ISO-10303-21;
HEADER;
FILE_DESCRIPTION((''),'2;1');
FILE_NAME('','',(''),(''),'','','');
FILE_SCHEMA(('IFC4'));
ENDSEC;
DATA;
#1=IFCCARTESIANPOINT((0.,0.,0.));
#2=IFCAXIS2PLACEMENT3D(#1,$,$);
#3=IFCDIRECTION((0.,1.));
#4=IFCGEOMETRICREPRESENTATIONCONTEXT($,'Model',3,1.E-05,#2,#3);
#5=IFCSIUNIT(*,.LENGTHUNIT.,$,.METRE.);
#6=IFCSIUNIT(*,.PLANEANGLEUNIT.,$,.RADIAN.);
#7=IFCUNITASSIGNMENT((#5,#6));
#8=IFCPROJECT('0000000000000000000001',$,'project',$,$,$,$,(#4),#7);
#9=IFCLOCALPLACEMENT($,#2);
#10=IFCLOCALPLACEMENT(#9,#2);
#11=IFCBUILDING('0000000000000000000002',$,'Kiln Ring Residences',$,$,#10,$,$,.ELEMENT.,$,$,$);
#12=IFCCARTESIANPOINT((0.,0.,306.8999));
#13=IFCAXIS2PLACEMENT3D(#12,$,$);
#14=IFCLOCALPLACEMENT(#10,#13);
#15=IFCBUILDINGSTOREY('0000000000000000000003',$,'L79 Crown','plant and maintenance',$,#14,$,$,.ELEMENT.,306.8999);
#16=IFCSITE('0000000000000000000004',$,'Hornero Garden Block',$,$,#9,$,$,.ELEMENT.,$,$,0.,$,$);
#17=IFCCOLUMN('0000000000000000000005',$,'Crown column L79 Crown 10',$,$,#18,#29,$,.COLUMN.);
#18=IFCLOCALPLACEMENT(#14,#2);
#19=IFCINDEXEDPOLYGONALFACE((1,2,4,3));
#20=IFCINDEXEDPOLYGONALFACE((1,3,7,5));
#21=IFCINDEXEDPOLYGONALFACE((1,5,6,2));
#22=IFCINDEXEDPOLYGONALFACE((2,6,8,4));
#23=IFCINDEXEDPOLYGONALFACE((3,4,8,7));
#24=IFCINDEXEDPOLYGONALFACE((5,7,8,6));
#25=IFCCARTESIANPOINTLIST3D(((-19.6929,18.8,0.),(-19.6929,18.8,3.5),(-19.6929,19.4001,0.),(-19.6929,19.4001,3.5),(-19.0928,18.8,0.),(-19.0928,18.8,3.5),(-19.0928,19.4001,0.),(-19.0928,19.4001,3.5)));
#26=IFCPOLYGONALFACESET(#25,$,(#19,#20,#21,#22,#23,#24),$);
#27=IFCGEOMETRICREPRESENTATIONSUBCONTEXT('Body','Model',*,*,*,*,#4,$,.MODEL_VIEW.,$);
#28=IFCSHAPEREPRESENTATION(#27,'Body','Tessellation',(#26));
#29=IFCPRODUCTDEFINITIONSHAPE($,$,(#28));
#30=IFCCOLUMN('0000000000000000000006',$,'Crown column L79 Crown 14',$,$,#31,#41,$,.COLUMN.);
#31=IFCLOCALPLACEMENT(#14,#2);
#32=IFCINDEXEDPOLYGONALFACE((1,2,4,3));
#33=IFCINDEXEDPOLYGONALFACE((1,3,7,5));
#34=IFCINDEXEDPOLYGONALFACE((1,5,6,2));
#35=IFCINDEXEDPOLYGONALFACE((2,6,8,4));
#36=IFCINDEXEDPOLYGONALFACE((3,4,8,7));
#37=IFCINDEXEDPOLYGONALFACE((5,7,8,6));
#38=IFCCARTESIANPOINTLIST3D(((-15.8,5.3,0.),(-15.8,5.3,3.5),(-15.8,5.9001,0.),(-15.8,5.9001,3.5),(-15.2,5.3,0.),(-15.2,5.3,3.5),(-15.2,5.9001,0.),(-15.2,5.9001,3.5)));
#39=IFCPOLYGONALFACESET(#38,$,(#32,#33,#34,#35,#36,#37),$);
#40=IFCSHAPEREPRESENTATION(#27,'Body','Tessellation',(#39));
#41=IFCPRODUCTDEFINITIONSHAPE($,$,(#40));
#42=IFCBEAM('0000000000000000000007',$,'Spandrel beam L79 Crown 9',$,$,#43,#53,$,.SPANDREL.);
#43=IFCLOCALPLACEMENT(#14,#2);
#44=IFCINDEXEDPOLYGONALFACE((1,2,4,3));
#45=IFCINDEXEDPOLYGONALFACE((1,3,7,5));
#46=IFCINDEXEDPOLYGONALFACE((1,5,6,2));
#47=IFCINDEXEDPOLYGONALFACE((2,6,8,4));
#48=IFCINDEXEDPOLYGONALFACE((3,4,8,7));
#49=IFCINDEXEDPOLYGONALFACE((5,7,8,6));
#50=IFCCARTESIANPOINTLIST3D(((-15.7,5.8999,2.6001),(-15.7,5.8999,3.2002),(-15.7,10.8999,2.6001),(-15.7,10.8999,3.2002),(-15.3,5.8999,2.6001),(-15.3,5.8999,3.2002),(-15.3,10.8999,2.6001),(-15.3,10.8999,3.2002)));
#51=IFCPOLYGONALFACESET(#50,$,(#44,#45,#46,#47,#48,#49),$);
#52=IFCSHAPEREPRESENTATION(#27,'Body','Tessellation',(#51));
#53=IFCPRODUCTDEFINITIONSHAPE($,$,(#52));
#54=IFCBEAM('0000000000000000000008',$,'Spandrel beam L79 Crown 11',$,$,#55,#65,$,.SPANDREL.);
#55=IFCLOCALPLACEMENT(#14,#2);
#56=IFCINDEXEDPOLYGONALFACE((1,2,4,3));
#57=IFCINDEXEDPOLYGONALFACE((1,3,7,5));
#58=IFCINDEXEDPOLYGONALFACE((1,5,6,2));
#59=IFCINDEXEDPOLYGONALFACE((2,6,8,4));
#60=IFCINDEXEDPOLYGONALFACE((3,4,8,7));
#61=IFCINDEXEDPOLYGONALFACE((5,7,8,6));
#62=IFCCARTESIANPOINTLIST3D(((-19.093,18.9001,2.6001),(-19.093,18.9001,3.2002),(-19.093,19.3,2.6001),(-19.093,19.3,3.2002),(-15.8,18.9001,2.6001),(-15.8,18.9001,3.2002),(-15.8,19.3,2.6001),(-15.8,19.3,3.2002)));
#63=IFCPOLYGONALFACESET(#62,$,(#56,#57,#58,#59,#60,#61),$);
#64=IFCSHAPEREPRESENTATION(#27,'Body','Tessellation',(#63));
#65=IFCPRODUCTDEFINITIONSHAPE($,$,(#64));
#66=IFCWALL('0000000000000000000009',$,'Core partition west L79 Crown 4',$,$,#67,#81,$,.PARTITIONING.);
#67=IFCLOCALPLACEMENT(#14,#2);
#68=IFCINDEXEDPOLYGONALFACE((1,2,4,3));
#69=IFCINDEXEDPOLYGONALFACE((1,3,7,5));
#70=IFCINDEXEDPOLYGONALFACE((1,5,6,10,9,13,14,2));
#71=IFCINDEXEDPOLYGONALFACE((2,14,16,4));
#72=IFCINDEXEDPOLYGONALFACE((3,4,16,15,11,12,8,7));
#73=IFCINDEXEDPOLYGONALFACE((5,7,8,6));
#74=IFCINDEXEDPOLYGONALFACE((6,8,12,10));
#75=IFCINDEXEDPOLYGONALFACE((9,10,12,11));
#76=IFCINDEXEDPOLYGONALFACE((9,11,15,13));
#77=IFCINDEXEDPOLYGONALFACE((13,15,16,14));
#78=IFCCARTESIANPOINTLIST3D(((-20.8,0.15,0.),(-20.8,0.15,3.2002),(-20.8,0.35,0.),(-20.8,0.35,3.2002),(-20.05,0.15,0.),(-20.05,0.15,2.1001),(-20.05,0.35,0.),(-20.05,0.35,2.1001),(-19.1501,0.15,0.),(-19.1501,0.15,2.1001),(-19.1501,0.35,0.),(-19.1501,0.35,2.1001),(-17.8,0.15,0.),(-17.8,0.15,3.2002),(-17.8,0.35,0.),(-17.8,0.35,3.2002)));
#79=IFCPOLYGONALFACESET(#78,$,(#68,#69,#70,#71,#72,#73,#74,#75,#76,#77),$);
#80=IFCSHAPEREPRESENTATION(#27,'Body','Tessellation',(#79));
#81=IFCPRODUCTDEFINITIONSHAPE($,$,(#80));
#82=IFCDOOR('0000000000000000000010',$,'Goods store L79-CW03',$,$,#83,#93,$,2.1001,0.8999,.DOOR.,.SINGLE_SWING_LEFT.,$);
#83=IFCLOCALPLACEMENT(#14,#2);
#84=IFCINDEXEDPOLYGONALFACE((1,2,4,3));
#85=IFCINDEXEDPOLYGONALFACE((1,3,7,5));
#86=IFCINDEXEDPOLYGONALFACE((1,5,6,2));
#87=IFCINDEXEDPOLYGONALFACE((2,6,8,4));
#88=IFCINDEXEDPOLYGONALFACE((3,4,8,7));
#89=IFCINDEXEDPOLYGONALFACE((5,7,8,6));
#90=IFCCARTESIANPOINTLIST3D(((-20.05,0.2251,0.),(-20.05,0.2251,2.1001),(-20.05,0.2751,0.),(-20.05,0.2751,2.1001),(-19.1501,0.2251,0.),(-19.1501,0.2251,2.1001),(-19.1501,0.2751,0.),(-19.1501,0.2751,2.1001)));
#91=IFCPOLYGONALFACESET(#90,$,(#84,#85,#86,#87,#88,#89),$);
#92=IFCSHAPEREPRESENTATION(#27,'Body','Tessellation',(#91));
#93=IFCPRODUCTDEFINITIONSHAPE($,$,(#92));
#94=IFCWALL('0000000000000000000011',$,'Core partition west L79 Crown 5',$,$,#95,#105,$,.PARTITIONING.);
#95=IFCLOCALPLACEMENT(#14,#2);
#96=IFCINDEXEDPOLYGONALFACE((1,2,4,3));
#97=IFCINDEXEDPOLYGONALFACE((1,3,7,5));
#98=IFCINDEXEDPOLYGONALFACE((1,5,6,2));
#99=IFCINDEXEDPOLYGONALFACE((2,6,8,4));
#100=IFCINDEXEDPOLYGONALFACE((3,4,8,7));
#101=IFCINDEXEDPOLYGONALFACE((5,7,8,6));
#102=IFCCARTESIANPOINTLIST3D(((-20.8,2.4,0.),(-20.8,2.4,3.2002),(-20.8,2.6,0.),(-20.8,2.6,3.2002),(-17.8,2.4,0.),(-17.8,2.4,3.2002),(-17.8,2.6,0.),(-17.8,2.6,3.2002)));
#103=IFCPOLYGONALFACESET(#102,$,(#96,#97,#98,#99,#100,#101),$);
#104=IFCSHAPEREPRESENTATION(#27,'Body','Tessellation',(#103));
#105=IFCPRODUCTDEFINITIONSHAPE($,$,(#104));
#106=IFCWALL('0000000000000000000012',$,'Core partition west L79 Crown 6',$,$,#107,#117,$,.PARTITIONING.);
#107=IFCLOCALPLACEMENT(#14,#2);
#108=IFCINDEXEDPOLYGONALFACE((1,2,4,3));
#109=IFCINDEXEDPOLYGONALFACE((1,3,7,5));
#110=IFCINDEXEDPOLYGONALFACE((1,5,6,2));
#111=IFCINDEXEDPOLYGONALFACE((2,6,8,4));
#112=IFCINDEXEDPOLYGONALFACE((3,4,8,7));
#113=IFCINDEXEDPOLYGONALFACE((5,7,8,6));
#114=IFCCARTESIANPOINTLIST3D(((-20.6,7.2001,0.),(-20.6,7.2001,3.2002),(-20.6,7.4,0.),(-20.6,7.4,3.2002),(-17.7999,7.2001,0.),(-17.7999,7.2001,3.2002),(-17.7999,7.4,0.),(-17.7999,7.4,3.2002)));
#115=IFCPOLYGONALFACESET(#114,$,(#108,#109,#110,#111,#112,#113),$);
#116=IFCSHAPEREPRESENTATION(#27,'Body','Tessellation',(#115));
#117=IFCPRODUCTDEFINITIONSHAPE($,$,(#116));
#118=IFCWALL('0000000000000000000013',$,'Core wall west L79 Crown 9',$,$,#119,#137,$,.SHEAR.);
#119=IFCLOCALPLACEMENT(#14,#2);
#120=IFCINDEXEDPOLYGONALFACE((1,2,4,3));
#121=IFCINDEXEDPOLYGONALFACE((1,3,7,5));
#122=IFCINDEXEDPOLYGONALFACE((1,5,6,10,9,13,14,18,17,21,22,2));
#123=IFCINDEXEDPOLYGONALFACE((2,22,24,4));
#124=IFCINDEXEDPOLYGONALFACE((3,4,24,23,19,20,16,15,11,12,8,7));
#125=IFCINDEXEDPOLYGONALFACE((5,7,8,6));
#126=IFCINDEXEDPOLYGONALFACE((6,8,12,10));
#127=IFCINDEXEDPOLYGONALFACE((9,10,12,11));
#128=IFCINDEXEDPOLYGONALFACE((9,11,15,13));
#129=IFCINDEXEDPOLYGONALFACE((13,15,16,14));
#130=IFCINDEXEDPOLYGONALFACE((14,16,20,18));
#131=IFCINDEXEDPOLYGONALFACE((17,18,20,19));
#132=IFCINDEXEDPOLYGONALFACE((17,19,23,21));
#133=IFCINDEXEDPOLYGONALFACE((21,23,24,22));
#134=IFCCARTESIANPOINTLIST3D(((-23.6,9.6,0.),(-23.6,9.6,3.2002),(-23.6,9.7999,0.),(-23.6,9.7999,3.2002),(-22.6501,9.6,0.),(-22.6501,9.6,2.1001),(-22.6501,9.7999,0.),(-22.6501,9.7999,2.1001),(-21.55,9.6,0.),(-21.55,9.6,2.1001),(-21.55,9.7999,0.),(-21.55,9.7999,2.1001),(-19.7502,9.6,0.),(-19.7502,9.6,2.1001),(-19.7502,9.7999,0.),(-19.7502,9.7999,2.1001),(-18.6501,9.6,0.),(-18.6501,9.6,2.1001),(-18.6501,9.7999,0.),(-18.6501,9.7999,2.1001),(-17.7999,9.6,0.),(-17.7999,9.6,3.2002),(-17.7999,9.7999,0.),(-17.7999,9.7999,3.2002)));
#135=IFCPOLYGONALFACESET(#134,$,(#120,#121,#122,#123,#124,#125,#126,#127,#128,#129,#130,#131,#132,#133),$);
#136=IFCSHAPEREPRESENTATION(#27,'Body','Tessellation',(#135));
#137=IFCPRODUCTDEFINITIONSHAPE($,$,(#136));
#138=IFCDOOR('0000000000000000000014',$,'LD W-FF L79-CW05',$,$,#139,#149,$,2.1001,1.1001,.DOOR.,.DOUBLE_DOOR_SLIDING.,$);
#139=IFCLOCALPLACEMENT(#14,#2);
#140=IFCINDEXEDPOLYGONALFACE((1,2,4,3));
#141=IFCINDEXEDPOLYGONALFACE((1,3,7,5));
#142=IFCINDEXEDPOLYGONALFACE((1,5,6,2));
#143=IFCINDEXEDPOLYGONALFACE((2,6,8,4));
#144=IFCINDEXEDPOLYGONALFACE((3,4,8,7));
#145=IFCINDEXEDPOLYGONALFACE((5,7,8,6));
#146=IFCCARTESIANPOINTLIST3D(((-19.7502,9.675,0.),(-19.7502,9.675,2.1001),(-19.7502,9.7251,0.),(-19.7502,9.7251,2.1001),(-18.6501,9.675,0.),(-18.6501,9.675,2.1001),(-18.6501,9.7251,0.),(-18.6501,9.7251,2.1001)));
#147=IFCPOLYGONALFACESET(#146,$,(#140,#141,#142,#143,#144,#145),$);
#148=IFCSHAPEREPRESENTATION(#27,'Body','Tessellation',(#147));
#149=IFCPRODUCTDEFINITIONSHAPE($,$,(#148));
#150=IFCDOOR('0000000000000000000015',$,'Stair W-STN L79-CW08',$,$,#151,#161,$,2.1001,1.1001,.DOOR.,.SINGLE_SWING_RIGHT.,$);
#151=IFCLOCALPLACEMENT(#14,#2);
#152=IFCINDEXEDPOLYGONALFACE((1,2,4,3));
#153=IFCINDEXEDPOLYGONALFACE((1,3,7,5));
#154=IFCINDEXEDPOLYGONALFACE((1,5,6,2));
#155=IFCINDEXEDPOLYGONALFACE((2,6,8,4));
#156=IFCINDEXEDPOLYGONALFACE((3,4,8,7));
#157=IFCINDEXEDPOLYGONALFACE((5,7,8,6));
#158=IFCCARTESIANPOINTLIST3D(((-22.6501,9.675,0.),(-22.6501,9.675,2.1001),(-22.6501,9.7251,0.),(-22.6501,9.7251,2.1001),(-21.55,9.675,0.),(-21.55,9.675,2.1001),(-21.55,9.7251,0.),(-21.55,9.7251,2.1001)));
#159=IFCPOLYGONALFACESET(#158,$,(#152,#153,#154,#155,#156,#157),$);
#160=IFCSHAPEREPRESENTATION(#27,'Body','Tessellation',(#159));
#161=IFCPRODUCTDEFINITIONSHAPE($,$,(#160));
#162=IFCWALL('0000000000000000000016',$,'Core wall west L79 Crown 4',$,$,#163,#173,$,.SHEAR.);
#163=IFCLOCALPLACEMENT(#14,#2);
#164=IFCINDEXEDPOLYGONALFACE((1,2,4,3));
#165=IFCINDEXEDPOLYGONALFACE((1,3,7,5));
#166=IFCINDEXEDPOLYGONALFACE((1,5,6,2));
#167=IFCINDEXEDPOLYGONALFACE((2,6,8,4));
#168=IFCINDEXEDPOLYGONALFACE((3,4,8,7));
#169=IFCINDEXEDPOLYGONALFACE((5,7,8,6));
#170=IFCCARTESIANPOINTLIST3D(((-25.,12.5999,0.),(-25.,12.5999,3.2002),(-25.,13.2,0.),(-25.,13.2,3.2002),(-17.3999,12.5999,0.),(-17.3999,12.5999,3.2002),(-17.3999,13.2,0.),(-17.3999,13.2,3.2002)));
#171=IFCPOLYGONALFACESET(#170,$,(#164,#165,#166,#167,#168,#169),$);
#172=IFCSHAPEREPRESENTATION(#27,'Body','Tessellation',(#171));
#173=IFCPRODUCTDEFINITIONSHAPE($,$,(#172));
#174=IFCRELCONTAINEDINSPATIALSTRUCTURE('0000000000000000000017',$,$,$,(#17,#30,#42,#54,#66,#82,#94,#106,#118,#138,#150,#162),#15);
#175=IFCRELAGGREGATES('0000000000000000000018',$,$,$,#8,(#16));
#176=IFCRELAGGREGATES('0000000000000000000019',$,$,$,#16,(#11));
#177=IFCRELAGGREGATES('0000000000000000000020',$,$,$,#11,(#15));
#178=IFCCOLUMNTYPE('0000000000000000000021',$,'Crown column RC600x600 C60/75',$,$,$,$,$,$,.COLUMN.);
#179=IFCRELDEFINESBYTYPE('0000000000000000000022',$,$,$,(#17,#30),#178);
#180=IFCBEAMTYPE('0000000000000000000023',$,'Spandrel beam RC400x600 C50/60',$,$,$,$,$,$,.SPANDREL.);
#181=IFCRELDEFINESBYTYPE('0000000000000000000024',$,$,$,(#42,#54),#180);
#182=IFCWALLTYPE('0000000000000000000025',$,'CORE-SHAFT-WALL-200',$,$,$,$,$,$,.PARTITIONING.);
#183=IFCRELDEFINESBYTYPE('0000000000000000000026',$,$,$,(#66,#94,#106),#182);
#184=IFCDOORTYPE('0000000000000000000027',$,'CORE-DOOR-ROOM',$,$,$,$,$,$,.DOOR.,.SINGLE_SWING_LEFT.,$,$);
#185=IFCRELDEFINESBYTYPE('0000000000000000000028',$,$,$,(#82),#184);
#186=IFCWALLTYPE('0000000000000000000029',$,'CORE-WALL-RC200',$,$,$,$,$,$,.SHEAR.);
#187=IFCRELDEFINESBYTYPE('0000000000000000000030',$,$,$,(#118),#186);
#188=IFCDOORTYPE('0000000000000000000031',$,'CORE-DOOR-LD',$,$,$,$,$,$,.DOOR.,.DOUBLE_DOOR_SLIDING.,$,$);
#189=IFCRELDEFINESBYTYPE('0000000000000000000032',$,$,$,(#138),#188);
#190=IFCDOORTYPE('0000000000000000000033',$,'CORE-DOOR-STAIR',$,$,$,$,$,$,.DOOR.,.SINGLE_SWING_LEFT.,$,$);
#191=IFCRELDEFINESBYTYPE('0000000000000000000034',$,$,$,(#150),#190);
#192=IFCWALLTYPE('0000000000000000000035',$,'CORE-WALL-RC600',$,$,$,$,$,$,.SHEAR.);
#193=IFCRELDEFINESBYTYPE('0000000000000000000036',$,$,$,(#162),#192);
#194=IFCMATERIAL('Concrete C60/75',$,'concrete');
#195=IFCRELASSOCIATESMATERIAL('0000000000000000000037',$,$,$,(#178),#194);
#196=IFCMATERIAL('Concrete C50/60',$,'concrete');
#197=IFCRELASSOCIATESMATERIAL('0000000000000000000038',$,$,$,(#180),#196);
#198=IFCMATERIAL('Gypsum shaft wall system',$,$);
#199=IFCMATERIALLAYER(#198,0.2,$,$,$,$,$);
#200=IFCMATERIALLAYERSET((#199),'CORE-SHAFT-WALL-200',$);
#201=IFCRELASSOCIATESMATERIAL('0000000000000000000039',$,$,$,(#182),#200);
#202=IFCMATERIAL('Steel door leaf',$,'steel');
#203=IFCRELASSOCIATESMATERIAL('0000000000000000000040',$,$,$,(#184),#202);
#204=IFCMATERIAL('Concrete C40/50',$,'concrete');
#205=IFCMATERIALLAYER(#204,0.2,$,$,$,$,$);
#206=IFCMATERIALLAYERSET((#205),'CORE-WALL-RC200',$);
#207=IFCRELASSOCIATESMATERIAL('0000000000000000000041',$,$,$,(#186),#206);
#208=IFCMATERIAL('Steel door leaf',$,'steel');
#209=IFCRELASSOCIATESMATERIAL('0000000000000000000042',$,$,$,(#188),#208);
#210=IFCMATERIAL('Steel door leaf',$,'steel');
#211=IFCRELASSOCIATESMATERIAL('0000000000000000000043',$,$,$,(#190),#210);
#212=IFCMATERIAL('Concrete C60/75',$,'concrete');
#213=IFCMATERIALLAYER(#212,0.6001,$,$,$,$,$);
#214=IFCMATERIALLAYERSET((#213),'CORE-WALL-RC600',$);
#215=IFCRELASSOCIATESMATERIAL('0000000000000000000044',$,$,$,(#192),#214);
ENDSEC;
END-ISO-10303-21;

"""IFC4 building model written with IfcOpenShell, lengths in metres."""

from ifc_helpers import new_model, si_unit, direction, frame, frame_2d, origin, origin_2d, place, context, subcontext, project, spatial, rectangle, extrude, material, layer, layer_set, material_profile, profile_set, type_object, element, fill, save


model = new_model("IFC4")

# Units and contexts
model_context = context("Model", 3, precision=1e-05, world=origin(), true_north=direction((0.0, 1.0)))
body_context = subcontext(model_context, "Body", "Model", "MODEL_VIEW")
ifc_project = project(units=[si_unit("LENGTHUNIT", "METRE"), si_unit("PLANEANGLEUNIT", "RADIAN")], contexts=[model_context])

# Site, building, storey
site_placement = place(None, origin())
site = spatial("IfcSite", under=ifc_project, at=site_placement, Name="Hornero Garden Block", CompositionType="ELEMENT", RefElevation=0.0)
building_placement = place(site_placement, origin())
building = spatial("IfcBuilding", under=site, at=building_placement, Name="Kiln Ring Residences", CompositionType="ELEMENT")
storey_placement = place(building_placement, frame((0.0, 0.0, 306.8999)))
storey = spatial("IfcBuildingStorey", under=building, at=storey_placement, Name="L79 Crown", Description="plant and maintenance", CompositionType="ELEMENT", Elevation=306.8999)

# Columns
ifc_material_1 = material(Name="Concrete C60/75", Category="concrete")
ifc_material_profile_1 = material_profile(ifc_material_1, rectangle(XDim=0.6001, YDim=0.6001, at=origin_2d()), Name="RC600x600")
ifc_profile_set_1 = profile_set([ifc_material_profile_1], Name="Concrete C60/75")
column_type = type_object("IfcColumnType", Name="Crown column RC600x600 C60/75", PredefinedType="COLUMN", material=ifc_profile_set_1)
for number, where, z_axis, x_axis, name in (
    (1, (-19.3928, 19.1001, 0.0), (0.0, 0.0, 1.0), (1.0, 0.0, 0.0), "Crown column L79 Crown 10"),
    (2, (-15.5, 5.6001, 0.0), (0.0, 0.0, 1.0), (1.0, 0.0, 0.0), "Crown column L79 Crown 14"),
):
    element("IfcColumn", number, at=place(storey_placement, frame(where, z_axis=z_axis, x_axis=x_axis)), inside=storey, type_object=column_type, Name=name, PredefinedType="COLUMN", context=body_context, shape_type="SweptSolid", body=[
        extrude(rectangle(XDim=0.6001, YDim=0.6001, at=origin_2d()), origin(), (0.0, 0.0, 1.0), 3.5),
    ])

# Beams
ifc_material_2 = material(Name="Concrete C50/60", Category="concrete")
ifc_material_profile_2 = material_profile(ifc_material_2, rectangle(XDim=0.3999, YDim=0.6001, at=origin_2d()), Name="RC400x600")
ifc_profile_set_2 = profile_set([ifc_material_profile_2], Name="Concrete C50/60")
beam_type = type_object("IfcBeamType", Name="Spandrel beam RC400x600 C50/60", PredefinedType="SPANDREL", material=ifc_profile_set_2)
beam_1_placement = place(storey_placement, frame((-15.5, 5.8999, 2.9001), z_axis=(0.0, 1.0, 0.0), x_axis=(-1.0, 0.0, 0.0)))
element("IfcBeam", 3, at=beam_1_placement, inside=storey, type_object=beam_type, Name="Spandrel beam L79 Crown 9", PredefinedType="SPANDREL", context=body_context, shape_type="SweptSolid", body=[
    extrude(rectangle(XDim=0.3999, YDim=0.6001, at=origin_2d()), origin(), (0.0, 0.0, 1.0), 5.0),
])
beam_2_placement = place(storey_placement, frame((-15.8, 19.1001, 2.9001), z_axis=(-1.0, 0.0, 0.0), x_axis=(0.0, -1.0, 0.0)))
element("IfcBeam", 4, at=beam_2_placement, inside=storey, type_object=beam_type, Name="Spandrel beam L79 Crown 11", PredefinedType="SPANDREL", context=body_context, shape_type="SweptSolid", body=[
    extrude(rectangle(XDim=0.3999, YDim=0.6001, at=origin_2d()), origin(), (0.0, 0.0, 1.0), 3.293),
])

# Wall, opening, door
ifc_material_3 = material(Name="Gypsum shaft wall system")
ifc_layer_1 = layer(ifc_material_3, 0.2)
ifc_layer_set_1 = layer_set([ifc_layer_1], Name="CORE-SHAFT-WALL-200")
wall_type_1 = type_object("IfcWallType", Name="CORE-SHAFT-WALL-200", PredefinedType="PARTITIONING", material=ifc_layer_set_1)
wall_1_placement = place(storey_placement, frame((-17.8, 0.25, 0.0), z_axis=(0.0, 0.0, 1.0), x_axis=(-1.0, 0.0, 0.0)))
wall_1 = element("IfcWall", 5, at=wall_1_placement, inside=storey, type_object=wall_type_1, Name="Core partition west L79 Crown 4", PredefinedType="PARTITIONING", context=body_context, shape_type="SweptSolid", body=[
    extrude(rectangle(XDim=3.0, YDim=0.2, at=frame_2d((1.5, 0.0))), origin(), (0.0, 0.0, 1.0), 3.2002),
])
opening_1_placement = place(wall_1_placement, frame((1.3501, 0.0, 0.0)))
opening_1 = element("IfcOpeningElement", 6, at=opening_1_placement, cuts=wall_1, PredefinedType="OPENING", context=body_context, shape_type="SweptSolid", body=[
    extrude(rectangle(XDim=0.8999, YDim=2.1001, at=frame_2d((0.45, 1.05))), frame((0.0, 0.1099, 0.0), z_axis=(0.0, -1.0, 0.0), x_axis=(1.0, 0.0, 0.0)), (0.0, 0.0, 1.0), 0.22),
])
ifc_material_4 = material(Name="Steel door leaf", Category="steel")
door_type_1 = type_object("IfcDoorType", Name="CORE-DOOR-ROOM", OperationType="SINGLE_SWING_LEFT", PredefinedType="DOOR", material=ifc_material_4)
door_1_placement = place(opening_1_placement, origin())
door_1 = element("IfcDoor", 7, at=door_1_placement, inside=storey, type_object=door_type_1, Name="Goods store L79-CW03", OperationType="SINGLE_SWING_LEFT", OverallHeight=2.1001, OverallWidth=0.8999, PredefinedType="DOOR", context=body_context, shape_type="SweptSolid", body=[
    extrude(rectangle(XDim=0.8999, YDim=2.1001, at=frame_2d((0.45, 1.05))), frame((0.0, 0.0249, 0.0), z_axis=(0.0, -1.0, 0.0), x_axis=(1.0, 0.0, 0.0)), (0.0, 0.0, 1.0), 0.05),
])
fill(opening_1, door_1)

# Walls
wall_2_placement = place(storey_placement, frame((-17.8, 2.5, 0.0), z_axis=(0.0, 0.0, 1.0), x_axis=(-1.0, 0.0, 0.0)))
element("IfcWall", 8, at=wall_2_placement, inside=storey, type_object=wall_type_1, Name="Core partition west L79 Crown 5", PredefinedType="PARTITIONING", context=body_context, shape_type="SweptSolid", body=[
    extrude(rectangle(XDim=3.0, YDim=0.2, at=frame_2d((1.5, 0.0))), origin(), (0.0, 0.0, 1.0), 3.2002),
])
wall_3_placement = place(storey_placement, frame((-17.8, 7.3, 0.0), z_axis=(0.0, 0.0, 1.0), x_axis=(-1.0, 0.0, 0.0)))
element("IfcWall", 9, at=wall_3_placement, inside=storey, type_object=wall_type_1, Name="Core partition west L79 Crown 6", PredefinedType="PARTITIONING", context=body_context, shape_type="SweptSolid", body=[
    extrude(rectangle(XDim=2.8, YDim=0.2, at=frame_2d((1.3999, 0.0))), origin(), (0.0, 0.0, 1.0), 3.2002),
])

# Wall, openings, doors
ifc_material_5 = material(Name="Concrete C40/50", Category="concrete")
ifc_layer_2 = layer(ifc_material_5, 0.2)
ifc_layer_set_2 = layer_set([ifc_layer_2], Name="CORE-WALL-RC200")
wall_type_2 = type_object("IfcWallType", Name="CORE-WALL-RC200", PredefinedType="SHEAR", material=ifc_layer_set_2)
wall_4_placement = place(storey_placement, frame((-17.8, 9.7, 0.0), z_axis=(0.0, 0.0, 1.0), x_axis=(-1.0, 0.0, 0.0)))
wall_4 = element("IfcWall", 10, at=wall_4_placement, inside=storey, type_object=wall_type_2, Name="Core wall west L79 Crown 9", PredefinedType="SHEAR", context=body_context, shape_type="SweptSolid", body=[
    extrude(rectangle(XDim=5.8, YDim=0.2, at=frame_2d((2.8999, 0.0))), origin(), (0.0, 0.0, 1.0), 3.2002),
])
opening_2_placement = place(wall_4_placement, frame((0.8501, 0.0, 0.0)))
opening_2 = element("IfcOpeningElement", 11, at=opening_2_placement, cuts=wall_4, PredefinedType="OPENING", context=body_context, shape_type="SweptSolid", body=[
    extrude(rectangle(XDim=1.1001, YDim=2.1001, at=frame_2d((0.55, 1.05))), frame((0.0, 0.1099, 0.0), z_axis=(0.0, -1.0, 0.0), x_axis=(1.0, 0.0, 0.0)), (0.0, 0.0, 1.0), 0.22),
])
opening_3_placement = place(wall_4_placement, frame((3.75, 0.0, 0.0)))
opening_3 = element("IfcOpeningElement", 12, at=opening_3_placement, cuts=wall_4, PredefinedType="OPENING", context=body_context, shape_type="SweptSolid", body=[
    extrude(rectangle(XDim=1.1001, YDim=2.1001, at=frame_2d((0.55, 1.05))), frame((0.0, 0.1099, 0.0), z_axis=(0.0, -1.0, 0.0), x_axis=(1.0, 0.0, 0.0)), (0.0, 0.0, 1.0), 0.22),
])
ifc_material_6 = material(Name="Steel door leaf", Category="steel")
door_type_2 = type_object("IfcDoorType", Name="CORE-DOOR-LD", OperationType="DOUBLE_DOOR_SLIDING", PredefinedType="DOOR", material=ifc_material_6)
door_2_placement = place(opening_2_placement, origin())
door_2 = element("IfcDoor", 13, at=door_2_placement, inside=storey, type_object=door_type_2, Name="LD W-FF L79-CW05", OperationType="DOUBLE_DOOR_SLIDING", OverallHeight=2.1001, OverallWidth=1.1001, PredefinedType="DOOR", context=body_context, shape_type="SweptSolid", body=[
    extrude(rectangle(XDim=1.1001, YDim=2.1001, at=frame_2d((0.55, 1.05))), frame((0.0, 0.0249, 0.0), z_axis=(0.0, -1.0, 0.0), x_axis=(1.0, 0.0, 0.0)), (0.0, 0.0, 1.0), 0.05),
])
fill(opening_2, door_2)
ifc_material_7 = material(Name="Steel door leaf", Category="steel")
door_type_3 = type_object("IfcDoorType", Name="CORE-DOOR-STAIR", OperationType="SINGLE_SWING_LEFT", PredefinedType="DOOR", material=ifc_material_7)
door_3_placement = place(opening_3_placement, origin())
door_3 = element("IfcDoor", 14, at=door_3_placement, inside=storey, type_object=door_type_3, Name="Stair W-STN L79-CW08", OperationType="SINGLE_SWING_RIGHT", OverallHeight=2.1001, OverallWidth=1.1001, PredefinedType="DOOR", context=body_context, shape_type="SweptSolid", body=[
    extrude(rectangle(XDim=1.1001, YDim=2.1001, at=frame_2d((0.55, 1.05))), frame((0.0, 0.0249, 0.0), z_axis=(0.0, -1.0, 0.0), x_axis=(1.0, 0.0, 0.0)), (0.0, 0.0, 1.0), 0.05),
])
fill(opening_3, door_3)

# Wall
ifc_material_8 = material(Name="Concrete C60/75", Category="concrete")
ifc_layer_3 = layer(ifc_material_8, 0.6001)
ifc_layer_set_3 = layer_set([ifc_layer_3], Name="CORE-WALL-RC600")
wall_type_3 = type_object("IfcWallType", Name="CORE-WALL-RC600", PredefinedType="SHEAR", material=ifc_layer_set_3)
wall_5_placement = place(storey_placement, frame((-17.3999, 12.8999, 0.0), z_axis=(0.0, 0.0, 1.0), x_axis=(-1.0, 0.0, 0.0)))
element("IfcWall", 15, at=wall_5_placement, inside=storey, type_object=wall_type_3, Name="Core wall west L79 Crown 4", PredefinedType="SHEAR", context=body_context, shape_type="SweptSolid", body=[
    extrude(rectangle(XDim=7.6001, YDim=0.6001, at=frame_2d((3.8, 0.0))), origin(), (0.0, 0.0, 1.0), 3.2002),
])

save(model, "model.ifc")
